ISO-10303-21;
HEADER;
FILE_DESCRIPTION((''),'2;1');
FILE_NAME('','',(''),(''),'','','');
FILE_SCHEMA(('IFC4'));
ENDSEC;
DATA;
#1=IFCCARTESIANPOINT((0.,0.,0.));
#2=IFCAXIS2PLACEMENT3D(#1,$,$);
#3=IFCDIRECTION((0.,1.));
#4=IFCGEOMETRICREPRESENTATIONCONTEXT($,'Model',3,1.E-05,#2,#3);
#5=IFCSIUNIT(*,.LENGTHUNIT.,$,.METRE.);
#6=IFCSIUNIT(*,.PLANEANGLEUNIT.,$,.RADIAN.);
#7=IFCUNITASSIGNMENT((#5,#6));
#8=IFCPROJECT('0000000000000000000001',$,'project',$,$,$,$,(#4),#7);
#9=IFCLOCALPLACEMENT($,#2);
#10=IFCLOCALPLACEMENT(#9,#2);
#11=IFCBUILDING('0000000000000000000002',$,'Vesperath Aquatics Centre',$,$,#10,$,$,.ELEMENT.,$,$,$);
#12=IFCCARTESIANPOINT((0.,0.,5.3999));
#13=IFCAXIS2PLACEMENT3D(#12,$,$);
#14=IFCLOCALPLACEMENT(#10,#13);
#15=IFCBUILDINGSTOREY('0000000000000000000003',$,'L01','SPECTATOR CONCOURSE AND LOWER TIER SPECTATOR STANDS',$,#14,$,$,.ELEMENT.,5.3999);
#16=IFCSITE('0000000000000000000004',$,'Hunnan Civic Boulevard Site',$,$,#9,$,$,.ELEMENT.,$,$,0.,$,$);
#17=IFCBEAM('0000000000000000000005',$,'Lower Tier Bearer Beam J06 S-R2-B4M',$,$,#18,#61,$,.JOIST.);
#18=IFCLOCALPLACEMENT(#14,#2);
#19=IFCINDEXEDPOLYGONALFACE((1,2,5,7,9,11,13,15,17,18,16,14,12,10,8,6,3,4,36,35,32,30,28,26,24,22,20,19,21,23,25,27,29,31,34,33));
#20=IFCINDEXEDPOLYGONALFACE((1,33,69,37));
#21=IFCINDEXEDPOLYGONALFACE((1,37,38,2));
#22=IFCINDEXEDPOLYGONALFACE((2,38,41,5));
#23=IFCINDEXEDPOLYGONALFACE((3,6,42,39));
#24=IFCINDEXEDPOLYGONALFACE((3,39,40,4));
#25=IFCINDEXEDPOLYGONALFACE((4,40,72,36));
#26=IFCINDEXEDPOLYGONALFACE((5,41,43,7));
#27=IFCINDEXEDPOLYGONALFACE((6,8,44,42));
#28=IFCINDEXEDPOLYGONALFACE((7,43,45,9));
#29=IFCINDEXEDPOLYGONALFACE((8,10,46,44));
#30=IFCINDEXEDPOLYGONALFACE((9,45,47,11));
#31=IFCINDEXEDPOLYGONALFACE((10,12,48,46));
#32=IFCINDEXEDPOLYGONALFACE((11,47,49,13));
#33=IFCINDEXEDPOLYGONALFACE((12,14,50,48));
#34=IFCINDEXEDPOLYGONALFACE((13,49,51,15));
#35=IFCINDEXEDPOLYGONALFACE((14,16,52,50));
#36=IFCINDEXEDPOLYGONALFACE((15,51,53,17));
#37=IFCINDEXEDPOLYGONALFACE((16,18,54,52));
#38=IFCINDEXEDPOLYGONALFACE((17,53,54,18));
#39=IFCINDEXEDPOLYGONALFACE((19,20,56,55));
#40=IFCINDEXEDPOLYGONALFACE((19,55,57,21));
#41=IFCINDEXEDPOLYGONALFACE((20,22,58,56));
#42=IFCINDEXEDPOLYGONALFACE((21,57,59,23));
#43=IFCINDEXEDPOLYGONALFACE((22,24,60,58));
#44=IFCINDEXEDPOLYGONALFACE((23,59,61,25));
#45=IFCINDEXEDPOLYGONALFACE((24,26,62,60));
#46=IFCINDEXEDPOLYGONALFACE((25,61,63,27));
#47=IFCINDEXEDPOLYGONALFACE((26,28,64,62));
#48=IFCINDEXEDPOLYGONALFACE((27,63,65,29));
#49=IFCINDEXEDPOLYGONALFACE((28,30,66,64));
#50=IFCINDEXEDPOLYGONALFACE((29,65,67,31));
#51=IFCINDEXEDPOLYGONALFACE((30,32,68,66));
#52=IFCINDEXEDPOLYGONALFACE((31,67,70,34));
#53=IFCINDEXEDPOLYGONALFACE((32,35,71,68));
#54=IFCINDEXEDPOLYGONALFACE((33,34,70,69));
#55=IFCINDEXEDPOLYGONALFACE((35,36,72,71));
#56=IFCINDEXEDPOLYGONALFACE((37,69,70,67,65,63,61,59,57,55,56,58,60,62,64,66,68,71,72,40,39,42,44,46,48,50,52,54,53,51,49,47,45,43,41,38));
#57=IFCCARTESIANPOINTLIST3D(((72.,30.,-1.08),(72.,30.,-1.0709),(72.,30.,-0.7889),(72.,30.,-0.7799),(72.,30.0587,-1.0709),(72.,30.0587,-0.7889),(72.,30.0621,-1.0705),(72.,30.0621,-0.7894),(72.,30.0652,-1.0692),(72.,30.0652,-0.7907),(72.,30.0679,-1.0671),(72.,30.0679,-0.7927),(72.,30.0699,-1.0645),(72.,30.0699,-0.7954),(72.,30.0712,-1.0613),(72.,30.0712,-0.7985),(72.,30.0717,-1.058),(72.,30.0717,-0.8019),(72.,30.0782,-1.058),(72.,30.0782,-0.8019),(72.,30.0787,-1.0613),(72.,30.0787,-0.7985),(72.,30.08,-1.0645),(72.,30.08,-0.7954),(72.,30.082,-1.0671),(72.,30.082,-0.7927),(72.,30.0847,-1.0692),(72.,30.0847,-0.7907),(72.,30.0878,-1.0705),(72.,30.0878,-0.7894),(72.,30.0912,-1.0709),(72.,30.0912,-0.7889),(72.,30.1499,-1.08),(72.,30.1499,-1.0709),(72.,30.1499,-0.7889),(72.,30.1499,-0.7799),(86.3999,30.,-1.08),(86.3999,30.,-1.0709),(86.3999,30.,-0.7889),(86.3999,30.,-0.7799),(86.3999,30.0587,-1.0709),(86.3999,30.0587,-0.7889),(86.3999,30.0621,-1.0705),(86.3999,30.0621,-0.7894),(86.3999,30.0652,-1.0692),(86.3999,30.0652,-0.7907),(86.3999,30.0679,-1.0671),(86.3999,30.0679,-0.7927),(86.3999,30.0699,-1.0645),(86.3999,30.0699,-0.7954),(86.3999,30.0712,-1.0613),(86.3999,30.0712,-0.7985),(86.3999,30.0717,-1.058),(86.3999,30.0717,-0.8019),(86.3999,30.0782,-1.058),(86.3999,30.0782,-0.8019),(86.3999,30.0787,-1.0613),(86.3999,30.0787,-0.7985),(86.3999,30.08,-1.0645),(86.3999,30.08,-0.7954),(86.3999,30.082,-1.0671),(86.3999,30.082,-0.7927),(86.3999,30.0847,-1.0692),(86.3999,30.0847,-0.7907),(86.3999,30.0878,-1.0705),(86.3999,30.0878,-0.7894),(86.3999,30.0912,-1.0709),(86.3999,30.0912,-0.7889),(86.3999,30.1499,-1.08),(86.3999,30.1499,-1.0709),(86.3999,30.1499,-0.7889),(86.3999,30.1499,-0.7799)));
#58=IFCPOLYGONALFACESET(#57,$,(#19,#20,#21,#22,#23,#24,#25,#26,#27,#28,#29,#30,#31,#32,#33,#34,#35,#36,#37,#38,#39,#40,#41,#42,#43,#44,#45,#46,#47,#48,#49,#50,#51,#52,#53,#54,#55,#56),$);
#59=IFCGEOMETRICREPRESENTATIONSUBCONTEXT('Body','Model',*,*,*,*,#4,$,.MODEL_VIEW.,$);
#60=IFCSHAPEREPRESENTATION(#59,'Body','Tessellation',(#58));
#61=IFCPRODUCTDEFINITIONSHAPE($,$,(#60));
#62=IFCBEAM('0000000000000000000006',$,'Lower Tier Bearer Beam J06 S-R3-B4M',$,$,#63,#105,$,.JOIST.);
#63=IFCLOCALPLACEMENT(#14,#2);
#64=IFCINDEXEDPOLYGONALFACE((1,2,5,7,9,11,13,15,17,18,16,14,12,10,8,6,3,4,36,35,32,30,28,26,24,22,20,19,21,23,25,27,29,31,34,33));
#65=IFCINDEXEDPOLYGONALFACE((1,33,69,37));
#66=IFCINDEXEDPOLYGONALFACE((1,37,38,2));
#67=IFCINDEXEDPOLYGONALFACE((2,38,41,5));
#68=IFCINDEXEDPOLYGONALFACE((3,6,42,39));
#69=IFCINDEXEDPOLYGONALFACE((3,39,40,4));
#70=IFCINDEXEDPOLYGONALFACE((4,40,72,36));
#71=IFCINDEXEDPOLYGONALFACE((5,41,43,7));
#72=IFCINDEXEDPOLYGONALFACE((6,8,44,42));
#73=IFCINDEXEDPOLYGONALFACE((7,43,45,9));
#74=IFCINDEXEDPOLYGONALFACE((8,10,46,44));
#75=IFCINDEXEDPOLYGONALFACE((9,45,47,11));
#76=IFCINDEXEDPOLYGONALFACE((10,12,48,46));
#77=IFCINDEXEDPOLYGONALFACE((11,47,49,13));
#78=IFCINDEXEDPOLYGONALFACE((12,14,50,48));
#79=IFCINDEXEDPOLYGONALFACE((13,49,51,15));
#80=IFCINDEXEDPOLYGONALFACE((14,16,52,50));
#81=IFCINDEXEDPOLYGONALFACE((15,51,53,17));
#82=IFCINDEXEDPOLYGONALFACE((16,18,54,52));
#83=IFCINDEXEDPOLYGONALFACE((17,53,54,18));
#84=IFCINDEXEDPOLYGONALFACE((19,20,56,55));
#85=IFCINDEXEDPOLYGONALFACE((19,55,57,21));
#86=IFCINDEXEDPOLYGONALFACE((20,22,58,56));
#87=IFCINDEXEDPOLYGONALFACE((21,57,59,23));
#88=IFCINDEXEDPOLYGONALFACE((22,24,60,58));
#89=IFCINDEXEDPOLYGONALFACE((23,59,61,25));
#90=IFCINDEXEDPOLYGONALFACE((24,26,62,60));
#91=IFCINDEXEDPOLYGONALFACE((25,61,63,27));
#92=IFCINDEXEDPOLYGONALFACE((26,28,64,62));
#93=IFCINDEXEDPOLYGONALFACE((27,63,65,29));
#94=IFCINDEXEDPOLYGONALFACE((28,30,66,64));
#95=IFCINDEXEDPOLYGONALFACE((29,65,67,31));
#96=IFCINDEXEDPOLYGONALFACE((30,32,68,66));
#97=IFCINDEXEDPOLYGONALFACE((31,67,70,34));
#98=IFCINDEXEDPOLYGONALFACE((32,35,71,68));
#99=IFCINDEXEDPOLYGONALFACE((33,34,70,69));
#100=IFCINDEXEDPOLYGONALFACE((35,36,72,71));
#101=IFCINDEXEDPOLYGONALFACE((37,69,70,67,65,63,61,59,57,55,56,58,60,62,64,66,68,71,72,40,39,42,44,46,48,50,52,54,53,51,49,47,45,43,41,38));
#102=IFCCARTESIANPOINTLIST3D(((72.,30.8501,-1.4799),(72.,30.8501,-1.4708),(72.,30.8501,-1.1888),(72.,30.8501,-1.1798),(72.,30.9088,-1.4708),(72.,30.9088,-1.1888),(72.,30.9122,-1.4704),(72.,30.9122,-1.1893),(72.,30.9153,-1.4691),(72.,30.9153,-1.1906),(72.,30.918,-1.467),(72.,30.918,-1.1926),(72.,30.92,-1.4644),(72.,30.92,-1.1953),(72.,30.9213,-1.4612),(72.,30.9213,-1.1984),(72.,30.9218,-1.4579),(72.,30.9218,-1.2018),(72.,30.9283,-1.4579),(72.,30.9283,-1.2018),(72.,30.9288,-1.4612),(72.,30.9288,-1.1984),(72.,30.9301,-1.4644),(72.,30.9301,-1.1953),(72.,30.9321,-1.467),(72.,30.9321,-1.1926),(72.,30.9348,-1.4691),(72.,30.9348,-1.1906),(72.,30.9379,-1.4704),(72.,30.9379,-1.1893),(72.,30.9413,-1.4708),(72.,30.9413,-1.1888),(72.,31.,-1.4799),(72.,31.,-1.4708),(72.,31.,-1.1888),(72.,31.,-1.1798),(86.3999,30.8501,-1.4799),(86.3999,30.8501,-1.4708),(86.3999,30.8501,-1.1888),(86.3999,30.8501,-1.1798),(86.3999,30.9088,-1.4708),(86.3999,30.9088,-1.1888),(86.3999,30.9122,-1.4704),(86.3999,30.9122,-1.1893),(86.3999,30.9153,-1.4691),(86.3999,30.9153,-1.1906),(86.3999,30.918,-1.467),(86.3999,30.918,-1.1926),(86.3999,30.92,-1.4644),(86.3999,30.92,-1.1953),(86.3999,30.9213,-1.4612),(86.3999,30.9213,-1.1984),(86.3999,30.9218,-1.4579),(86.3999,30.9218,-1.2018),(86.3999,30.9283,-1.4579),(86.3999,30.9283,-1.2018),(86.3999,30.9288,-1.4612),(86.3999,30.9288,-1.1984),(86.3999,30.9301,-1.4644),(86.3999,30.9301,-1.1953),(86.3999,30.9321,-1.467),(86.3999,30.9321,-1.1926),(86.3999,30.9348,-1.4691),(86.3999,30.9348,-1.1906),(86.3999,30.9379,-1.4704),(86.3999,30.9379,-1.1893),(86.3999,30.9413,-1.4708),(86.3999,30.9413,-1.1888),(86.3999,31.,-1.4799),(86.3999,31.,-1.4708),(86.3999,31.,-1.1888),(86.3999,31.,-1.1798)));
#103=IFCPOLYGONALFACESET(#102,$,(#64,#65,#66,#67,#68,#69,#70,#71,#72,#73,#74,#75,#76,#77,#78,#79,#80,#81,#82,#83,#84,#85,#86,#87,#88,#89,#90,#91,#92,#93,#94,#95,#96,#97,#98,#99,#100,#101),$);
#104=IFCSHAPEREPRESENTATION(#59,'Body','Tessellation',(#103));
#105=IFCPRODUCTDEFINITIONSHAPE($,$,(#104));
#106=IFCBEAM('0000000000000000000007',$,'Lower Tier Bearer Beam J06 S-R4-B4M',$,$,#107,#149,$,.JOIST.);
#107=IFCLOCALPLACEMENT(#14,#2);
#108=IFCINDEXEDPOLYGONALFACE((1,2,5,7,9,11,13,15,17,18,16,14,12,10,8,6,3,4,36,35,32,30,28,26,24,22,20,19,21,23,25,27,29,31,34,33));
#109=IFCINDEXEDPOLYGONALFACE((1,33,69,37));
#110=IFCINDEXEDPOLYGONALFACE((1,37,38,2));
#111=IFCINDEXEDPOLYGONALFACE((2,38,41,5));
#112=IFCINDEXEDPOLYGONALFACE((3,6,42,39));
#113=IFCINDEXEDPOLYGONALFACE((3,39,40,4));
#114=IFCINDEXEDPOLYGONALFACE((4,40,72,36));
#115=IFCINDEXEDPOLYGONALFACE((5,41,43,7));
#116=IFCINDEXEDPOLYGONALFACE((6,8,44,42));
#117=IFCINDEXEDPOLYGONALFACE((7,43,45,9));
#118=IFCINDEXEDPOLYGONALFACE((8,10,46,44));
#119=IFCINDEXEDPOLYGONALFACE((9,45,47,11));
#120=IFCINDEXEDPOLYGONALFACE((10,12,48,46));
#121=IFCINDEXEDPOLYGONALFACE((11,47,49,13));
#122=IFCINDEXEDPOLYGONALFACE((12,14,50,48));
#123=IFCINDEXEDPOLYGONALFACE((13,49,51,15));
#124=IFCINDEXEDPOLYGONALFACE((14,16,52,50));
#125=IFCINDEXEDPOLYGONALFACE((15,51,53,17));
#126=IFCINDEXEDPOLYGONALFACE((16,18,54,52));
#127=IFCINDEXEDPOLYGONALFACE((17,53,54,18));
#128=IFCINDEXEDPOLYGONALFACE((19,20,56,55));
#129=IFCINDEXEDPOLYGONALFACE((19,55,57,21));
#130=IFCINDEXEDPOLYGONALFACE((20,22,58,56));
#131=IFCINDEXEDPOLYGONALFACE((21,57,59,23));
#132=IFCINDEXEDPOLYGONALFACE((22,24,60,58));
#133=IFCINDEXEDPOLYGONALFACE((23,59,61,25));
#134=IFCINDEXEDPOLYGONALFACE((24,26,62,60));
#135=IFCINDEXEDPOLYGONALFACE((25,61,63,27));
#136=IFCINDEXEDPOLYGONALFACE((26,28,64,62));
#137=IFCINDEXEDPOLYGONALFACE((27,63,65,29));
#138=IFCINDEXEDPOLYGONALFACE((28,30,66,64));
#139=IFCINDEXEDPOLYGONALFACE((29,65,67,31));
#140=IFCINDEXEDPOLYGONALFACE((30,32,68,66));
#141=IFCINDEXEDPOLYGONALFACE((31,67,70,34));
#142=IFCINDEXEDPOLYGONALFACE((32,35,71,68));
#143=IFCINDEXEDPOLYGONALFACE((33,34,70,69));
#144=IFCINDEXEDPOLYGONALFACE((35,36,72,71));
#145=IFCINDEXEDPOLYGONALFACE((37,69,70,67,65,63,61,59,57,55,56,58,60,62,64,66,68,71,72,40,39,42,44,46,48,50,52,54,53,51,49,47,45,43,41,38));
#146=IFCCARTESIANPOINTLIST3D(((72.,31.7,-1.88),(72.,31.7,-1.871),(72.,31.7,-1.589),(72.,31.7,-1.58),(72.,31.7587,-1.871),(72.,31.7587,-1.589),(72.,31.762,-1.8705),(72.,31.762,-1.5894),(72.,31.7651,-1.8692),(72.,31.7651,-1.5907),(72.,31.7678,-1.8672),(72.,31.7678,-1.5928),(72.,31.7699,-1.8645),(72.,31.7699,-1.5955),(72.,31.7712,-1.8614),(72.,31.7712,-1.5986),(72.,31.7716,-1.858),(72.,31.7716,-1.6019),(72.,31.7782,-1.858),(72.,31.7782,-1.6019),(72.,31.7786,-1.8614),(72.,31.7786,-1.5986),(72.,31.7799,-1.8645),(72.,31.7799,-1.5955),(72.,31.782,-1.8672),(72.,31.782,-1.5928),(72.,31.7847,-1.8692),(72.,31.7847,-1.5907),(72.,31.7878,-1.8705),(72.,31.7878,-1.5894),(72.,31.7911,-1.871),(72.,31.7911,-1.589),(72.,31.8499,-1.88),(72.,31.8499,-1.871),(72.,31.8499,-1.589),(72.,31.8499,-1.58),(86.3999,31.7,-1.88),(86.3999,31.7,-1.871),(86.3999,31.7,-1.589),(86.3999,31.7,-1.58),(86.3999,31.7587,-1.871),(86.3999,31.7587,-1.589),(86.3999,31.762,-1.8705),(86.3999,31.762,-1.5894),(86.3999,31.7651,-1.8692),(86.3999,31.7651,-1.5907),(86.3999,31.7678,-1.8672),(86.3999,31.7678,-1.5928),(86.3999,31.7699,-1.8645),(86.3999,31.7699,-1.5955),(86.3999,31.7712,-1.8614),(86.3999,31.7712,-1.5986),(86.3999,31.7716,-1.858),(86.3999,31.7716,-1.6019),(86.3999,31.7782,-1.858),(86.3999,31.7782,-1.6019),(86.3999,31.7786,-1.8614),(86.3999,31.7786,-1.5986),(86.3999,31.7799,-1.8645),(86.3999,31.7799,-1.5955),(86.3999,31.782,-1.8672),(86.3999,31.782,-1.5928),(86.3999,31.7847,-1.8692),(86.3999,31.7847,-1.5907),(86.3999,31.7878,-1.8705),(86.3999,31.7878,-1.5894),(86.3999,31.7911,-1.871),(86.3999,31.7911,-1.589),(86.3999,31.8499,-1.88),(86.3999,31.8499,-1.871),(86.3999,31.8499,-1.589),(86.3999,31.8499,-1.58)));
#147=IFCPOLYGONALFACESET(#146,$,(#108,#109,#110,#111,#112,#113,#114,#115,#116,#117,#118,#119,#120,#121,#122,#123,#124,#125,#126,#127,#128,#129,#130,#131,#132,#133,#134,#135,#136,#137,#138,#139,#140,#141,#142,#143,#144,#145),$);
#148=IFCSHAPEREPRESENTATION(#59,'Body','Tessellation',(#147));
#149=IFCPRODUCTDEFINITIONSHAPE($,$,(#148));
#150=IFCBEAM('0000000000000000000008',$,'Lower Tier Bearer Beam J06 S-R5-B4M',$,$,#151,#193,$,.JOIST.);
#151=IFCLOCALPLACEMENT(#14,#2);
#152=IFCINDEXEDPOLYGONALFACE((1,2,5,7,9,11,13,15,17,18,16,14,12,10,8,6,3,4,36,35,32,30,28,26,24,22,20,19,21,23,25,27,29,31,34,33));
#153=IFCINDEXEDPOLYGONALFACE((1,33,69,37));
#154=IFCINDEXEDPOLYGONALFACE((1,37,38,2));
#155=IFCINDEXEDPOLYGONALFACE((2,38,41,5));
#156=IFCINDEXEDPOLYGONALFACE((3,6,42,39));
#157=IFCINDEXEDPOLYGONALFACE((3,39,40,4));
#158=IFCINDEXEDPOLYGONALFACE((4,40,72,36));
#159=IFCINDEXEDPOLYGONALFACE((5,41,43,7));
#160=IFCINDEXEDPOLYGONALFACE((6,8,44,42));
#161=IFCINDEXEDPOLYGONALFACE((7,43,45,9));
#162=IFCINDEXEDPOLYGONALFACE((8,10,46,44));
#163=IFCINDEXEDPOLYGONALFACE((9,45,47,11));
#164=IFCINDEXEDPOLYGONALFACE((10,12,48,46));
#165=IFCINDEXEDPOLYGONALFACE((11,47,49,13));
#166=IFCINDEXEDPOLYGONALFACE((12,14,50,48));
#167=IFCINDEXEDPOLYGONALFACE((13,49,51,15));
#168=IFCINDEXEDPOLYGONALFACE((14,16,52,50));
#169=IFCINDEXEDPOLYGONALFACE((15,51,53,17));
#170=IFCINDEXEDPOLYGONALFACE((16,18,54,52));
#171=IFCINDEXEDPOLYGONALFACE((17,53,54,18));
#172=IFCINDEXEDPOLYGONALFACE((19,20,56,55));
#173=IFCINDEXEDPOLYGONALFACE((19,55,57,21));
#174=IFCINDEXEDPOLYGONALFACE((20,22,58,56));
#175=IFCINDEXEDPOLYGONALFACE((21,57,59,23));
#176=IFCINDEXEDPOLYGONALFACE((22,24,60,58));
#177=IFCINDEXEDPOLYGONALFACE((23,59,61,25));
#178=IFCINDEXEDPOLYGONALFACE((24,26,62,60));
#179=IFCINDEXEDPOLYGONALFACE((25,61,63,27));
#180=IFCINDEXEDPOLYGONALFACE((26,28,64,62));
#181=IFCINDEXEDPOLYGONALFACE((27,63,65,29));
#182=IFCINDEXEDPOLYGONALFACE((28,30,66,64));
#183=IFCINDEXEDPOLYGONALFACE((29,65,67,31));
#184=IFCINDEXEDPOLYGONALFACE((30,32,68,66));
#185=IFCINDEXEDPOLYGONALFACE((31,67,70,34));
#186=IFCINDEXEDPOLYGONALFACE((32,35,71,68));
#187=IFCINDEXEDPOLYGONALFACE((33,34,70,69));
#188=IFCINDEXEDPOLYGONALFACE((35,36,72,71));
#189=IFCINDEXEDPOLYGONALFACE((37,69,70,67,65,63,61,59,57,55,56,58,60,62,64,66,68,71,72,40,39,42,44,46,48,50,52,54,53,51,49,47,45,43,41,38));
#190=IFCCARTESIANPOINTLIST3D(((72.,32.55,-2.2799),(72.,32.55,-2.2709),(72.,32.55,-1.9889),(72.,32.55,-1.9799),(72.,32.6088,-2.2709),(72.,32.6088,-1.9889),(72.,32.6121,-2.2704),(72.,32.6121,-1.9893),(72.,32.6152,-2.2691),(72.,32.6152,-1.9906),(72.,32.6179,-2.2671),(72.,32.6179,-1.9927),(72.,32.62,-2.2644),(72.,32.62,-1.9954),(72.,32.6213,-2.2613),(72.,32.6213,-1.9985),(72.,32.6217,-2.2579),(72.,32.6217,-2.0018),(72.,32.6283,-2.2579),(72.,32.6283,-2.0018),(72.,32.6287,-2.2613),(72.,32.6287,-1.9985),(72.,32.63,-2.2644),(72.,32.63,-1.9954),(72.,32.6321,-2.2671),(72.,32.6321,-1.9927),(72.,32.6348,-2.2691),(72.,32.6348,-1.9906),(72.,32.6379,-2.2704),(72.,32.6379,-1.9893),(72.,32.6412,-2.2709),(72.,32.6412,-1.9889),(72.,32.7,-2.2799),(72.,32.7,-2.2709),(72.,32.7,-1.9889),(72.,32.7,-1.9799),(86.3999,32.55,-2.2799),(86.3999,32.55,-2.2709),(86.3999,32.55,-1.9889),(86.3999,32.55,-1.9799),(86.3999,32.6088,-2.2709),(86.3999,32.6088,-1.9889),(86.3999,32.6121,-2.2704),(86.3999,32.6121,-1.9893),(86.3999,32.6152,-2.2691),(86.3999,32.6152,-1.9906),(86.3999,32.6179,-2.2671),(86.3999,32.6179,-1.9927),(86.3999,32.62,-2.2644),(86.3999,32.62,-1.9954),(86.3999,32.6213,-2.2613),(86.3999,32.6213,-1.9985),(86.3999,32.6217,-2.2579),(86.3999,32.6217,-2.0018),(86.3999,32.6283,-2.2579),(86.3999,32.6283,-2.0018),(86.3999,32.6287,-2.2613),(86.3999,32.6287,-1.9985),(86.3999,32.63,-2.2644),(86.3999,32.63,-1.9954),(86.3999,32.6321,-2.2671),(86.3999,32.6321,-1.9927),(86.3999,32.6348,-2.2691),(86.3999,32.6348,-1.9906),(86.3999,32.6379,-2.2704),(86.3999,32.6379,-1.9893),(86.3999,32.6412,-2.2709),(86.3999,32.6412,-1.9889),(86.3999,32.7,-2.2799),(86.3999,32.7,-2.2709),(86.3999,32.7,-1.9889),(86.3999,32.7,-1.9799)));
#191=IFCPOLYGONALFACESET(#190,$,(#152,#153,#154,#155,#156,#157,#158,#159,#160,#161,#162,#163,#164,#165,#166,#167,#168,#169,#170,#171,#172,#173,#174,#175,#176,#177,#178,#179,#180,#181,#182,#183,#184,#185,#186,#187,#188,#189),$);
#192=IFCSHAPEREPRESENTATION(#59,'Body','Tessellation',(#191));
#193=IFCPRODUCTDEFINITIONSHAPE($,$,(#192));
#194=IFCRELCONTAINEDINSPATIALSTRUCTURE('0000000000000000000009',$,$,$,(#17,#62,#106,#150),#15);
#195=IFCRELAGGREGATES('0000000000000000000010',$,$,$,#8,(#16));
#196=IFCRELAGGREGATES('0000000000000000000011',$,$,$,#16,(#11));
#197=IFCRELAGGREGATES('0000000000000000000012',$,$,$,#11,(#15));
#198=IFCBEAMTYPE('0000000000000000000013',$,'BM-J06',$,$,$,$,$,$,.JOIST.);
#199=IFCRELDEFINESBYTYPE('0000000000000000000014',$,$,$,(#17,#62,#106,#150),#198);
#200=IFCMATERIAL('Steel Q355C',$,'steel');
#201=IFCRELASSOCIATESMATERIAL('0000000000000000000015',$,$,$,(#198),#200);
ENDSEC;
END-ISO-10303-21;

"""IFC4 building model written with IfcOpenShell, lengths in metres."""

from ifc_helpers import new_model, si_unit, direction, frame, origin, origin_2d, place, context, subcontext, project, spatial, i_section, extrude, material, material_profile, profile_set, type_object, element, save


model = new_model("IFC4")

# Units and contexts
model_context = context("Model", 3, precision=1e-05, world=origin(), true_north=direction((0.0, 1.0)))
body_context = subcontext(model_context, "Body", "Model", "MODEL_VIEW")
ifc_project = project(units=[si_unit("LENGTHUNIT", "METRE"), si_unit("PLANEANGLEUNIT", "RADIAN")], contexts=[model_context])

# Site, building, storey
site_placement = place(None, origin())
site = spatial("IfcSite", under=ifc_project, at=site_placement, Name="Hunnan Civic Boulevard Site", CompositionType="ELEMENT", RefElevation=0.0)
building_placement = place(site_placement, origin())
building = spatial("IfcBuilding", under=site, at=building_placement, Name="Vesperath Aquatics Centre", CompositionType="ELEMENT")
storey_placement = place(building_placement, frame((0.0, 0.0, 5.3999)))
storey = spatial("IfcBuildingStorey", under=building, at=storey_placement, Name="L01", Description="SPECTATOR CONCOURSE AND LOWER TIER SPECTATOR STANDS", CompositionType="ELEMENT", Elevation=5.3999)

# Beams
ifc_material_1 = material(Name="Steel Q355C", Category="steel")
ifc_material_profile_1 = material_profile(ifc_material_1, i_section(OverallWidth=0.1499, OverallDepth=0.3, WebThickness=0.0066, FlangeThickness=0.009, FilletRadius=0.0129, at=origin_2d()), Name="HN 300x150x6.5x9")
ifc_profile_set_1 = profile_set([ifc_material_profile_1], Name="Steel Q355C")
beam_type_1 = type_object("IfcBeamType", Name="BM-J06", PredefinedType="JOIST", material=ifc_profile_set_1)
for number, where, z_axis, x_axis, name in (
    (1, (72.0, 30.075, -0.9299), (1.0, 0.0, 0.0), (0.0, 1.0, 0.0), "Lower Tier Bearer Beam J06 S-R2-B4M"),
    (2, (72.0, 30.925, -1.3298), (1.0, 0.0, 0.0), (0.0, 1.0, 0.0), "Lower Tier Bearer Beam J06 S-R3-B4M"),
    (3, (72.0, 31.7749, -1.73), (1.0, 0.0, 0.0), (0.0, 1.0, 0.0), "Lower Tier Bearer Beam J06 S-R4-B4M"),
    (4, (72.0, 32.625, -2.1299), (1.0, 0.0, 0.0), (0.0, 1.0, 0.0), "Lower Tier Bearer Beam J06 S-R5-B4M"),
):
    element("IfcBeam", number, at=place(storey_placement, frame(where, z_axis=z_axis, x_axis=x_axis)), inside=storey, type_object=beam_type_1, Name=name, PredefinedType="JOIST", context=body_context, shape_type="SweptSolid", body=[
        extrude(i_section(OverallWidth=0.1499, OverallDepth=0.3, WebThickness=0.0066, FlangeThickness=0.009, FilletRadius=0.0129, at=origin_2d()), origin(), (0.0, 0.0, 1.0), 14.3999),
    ])

save(model, "model.ifc")
